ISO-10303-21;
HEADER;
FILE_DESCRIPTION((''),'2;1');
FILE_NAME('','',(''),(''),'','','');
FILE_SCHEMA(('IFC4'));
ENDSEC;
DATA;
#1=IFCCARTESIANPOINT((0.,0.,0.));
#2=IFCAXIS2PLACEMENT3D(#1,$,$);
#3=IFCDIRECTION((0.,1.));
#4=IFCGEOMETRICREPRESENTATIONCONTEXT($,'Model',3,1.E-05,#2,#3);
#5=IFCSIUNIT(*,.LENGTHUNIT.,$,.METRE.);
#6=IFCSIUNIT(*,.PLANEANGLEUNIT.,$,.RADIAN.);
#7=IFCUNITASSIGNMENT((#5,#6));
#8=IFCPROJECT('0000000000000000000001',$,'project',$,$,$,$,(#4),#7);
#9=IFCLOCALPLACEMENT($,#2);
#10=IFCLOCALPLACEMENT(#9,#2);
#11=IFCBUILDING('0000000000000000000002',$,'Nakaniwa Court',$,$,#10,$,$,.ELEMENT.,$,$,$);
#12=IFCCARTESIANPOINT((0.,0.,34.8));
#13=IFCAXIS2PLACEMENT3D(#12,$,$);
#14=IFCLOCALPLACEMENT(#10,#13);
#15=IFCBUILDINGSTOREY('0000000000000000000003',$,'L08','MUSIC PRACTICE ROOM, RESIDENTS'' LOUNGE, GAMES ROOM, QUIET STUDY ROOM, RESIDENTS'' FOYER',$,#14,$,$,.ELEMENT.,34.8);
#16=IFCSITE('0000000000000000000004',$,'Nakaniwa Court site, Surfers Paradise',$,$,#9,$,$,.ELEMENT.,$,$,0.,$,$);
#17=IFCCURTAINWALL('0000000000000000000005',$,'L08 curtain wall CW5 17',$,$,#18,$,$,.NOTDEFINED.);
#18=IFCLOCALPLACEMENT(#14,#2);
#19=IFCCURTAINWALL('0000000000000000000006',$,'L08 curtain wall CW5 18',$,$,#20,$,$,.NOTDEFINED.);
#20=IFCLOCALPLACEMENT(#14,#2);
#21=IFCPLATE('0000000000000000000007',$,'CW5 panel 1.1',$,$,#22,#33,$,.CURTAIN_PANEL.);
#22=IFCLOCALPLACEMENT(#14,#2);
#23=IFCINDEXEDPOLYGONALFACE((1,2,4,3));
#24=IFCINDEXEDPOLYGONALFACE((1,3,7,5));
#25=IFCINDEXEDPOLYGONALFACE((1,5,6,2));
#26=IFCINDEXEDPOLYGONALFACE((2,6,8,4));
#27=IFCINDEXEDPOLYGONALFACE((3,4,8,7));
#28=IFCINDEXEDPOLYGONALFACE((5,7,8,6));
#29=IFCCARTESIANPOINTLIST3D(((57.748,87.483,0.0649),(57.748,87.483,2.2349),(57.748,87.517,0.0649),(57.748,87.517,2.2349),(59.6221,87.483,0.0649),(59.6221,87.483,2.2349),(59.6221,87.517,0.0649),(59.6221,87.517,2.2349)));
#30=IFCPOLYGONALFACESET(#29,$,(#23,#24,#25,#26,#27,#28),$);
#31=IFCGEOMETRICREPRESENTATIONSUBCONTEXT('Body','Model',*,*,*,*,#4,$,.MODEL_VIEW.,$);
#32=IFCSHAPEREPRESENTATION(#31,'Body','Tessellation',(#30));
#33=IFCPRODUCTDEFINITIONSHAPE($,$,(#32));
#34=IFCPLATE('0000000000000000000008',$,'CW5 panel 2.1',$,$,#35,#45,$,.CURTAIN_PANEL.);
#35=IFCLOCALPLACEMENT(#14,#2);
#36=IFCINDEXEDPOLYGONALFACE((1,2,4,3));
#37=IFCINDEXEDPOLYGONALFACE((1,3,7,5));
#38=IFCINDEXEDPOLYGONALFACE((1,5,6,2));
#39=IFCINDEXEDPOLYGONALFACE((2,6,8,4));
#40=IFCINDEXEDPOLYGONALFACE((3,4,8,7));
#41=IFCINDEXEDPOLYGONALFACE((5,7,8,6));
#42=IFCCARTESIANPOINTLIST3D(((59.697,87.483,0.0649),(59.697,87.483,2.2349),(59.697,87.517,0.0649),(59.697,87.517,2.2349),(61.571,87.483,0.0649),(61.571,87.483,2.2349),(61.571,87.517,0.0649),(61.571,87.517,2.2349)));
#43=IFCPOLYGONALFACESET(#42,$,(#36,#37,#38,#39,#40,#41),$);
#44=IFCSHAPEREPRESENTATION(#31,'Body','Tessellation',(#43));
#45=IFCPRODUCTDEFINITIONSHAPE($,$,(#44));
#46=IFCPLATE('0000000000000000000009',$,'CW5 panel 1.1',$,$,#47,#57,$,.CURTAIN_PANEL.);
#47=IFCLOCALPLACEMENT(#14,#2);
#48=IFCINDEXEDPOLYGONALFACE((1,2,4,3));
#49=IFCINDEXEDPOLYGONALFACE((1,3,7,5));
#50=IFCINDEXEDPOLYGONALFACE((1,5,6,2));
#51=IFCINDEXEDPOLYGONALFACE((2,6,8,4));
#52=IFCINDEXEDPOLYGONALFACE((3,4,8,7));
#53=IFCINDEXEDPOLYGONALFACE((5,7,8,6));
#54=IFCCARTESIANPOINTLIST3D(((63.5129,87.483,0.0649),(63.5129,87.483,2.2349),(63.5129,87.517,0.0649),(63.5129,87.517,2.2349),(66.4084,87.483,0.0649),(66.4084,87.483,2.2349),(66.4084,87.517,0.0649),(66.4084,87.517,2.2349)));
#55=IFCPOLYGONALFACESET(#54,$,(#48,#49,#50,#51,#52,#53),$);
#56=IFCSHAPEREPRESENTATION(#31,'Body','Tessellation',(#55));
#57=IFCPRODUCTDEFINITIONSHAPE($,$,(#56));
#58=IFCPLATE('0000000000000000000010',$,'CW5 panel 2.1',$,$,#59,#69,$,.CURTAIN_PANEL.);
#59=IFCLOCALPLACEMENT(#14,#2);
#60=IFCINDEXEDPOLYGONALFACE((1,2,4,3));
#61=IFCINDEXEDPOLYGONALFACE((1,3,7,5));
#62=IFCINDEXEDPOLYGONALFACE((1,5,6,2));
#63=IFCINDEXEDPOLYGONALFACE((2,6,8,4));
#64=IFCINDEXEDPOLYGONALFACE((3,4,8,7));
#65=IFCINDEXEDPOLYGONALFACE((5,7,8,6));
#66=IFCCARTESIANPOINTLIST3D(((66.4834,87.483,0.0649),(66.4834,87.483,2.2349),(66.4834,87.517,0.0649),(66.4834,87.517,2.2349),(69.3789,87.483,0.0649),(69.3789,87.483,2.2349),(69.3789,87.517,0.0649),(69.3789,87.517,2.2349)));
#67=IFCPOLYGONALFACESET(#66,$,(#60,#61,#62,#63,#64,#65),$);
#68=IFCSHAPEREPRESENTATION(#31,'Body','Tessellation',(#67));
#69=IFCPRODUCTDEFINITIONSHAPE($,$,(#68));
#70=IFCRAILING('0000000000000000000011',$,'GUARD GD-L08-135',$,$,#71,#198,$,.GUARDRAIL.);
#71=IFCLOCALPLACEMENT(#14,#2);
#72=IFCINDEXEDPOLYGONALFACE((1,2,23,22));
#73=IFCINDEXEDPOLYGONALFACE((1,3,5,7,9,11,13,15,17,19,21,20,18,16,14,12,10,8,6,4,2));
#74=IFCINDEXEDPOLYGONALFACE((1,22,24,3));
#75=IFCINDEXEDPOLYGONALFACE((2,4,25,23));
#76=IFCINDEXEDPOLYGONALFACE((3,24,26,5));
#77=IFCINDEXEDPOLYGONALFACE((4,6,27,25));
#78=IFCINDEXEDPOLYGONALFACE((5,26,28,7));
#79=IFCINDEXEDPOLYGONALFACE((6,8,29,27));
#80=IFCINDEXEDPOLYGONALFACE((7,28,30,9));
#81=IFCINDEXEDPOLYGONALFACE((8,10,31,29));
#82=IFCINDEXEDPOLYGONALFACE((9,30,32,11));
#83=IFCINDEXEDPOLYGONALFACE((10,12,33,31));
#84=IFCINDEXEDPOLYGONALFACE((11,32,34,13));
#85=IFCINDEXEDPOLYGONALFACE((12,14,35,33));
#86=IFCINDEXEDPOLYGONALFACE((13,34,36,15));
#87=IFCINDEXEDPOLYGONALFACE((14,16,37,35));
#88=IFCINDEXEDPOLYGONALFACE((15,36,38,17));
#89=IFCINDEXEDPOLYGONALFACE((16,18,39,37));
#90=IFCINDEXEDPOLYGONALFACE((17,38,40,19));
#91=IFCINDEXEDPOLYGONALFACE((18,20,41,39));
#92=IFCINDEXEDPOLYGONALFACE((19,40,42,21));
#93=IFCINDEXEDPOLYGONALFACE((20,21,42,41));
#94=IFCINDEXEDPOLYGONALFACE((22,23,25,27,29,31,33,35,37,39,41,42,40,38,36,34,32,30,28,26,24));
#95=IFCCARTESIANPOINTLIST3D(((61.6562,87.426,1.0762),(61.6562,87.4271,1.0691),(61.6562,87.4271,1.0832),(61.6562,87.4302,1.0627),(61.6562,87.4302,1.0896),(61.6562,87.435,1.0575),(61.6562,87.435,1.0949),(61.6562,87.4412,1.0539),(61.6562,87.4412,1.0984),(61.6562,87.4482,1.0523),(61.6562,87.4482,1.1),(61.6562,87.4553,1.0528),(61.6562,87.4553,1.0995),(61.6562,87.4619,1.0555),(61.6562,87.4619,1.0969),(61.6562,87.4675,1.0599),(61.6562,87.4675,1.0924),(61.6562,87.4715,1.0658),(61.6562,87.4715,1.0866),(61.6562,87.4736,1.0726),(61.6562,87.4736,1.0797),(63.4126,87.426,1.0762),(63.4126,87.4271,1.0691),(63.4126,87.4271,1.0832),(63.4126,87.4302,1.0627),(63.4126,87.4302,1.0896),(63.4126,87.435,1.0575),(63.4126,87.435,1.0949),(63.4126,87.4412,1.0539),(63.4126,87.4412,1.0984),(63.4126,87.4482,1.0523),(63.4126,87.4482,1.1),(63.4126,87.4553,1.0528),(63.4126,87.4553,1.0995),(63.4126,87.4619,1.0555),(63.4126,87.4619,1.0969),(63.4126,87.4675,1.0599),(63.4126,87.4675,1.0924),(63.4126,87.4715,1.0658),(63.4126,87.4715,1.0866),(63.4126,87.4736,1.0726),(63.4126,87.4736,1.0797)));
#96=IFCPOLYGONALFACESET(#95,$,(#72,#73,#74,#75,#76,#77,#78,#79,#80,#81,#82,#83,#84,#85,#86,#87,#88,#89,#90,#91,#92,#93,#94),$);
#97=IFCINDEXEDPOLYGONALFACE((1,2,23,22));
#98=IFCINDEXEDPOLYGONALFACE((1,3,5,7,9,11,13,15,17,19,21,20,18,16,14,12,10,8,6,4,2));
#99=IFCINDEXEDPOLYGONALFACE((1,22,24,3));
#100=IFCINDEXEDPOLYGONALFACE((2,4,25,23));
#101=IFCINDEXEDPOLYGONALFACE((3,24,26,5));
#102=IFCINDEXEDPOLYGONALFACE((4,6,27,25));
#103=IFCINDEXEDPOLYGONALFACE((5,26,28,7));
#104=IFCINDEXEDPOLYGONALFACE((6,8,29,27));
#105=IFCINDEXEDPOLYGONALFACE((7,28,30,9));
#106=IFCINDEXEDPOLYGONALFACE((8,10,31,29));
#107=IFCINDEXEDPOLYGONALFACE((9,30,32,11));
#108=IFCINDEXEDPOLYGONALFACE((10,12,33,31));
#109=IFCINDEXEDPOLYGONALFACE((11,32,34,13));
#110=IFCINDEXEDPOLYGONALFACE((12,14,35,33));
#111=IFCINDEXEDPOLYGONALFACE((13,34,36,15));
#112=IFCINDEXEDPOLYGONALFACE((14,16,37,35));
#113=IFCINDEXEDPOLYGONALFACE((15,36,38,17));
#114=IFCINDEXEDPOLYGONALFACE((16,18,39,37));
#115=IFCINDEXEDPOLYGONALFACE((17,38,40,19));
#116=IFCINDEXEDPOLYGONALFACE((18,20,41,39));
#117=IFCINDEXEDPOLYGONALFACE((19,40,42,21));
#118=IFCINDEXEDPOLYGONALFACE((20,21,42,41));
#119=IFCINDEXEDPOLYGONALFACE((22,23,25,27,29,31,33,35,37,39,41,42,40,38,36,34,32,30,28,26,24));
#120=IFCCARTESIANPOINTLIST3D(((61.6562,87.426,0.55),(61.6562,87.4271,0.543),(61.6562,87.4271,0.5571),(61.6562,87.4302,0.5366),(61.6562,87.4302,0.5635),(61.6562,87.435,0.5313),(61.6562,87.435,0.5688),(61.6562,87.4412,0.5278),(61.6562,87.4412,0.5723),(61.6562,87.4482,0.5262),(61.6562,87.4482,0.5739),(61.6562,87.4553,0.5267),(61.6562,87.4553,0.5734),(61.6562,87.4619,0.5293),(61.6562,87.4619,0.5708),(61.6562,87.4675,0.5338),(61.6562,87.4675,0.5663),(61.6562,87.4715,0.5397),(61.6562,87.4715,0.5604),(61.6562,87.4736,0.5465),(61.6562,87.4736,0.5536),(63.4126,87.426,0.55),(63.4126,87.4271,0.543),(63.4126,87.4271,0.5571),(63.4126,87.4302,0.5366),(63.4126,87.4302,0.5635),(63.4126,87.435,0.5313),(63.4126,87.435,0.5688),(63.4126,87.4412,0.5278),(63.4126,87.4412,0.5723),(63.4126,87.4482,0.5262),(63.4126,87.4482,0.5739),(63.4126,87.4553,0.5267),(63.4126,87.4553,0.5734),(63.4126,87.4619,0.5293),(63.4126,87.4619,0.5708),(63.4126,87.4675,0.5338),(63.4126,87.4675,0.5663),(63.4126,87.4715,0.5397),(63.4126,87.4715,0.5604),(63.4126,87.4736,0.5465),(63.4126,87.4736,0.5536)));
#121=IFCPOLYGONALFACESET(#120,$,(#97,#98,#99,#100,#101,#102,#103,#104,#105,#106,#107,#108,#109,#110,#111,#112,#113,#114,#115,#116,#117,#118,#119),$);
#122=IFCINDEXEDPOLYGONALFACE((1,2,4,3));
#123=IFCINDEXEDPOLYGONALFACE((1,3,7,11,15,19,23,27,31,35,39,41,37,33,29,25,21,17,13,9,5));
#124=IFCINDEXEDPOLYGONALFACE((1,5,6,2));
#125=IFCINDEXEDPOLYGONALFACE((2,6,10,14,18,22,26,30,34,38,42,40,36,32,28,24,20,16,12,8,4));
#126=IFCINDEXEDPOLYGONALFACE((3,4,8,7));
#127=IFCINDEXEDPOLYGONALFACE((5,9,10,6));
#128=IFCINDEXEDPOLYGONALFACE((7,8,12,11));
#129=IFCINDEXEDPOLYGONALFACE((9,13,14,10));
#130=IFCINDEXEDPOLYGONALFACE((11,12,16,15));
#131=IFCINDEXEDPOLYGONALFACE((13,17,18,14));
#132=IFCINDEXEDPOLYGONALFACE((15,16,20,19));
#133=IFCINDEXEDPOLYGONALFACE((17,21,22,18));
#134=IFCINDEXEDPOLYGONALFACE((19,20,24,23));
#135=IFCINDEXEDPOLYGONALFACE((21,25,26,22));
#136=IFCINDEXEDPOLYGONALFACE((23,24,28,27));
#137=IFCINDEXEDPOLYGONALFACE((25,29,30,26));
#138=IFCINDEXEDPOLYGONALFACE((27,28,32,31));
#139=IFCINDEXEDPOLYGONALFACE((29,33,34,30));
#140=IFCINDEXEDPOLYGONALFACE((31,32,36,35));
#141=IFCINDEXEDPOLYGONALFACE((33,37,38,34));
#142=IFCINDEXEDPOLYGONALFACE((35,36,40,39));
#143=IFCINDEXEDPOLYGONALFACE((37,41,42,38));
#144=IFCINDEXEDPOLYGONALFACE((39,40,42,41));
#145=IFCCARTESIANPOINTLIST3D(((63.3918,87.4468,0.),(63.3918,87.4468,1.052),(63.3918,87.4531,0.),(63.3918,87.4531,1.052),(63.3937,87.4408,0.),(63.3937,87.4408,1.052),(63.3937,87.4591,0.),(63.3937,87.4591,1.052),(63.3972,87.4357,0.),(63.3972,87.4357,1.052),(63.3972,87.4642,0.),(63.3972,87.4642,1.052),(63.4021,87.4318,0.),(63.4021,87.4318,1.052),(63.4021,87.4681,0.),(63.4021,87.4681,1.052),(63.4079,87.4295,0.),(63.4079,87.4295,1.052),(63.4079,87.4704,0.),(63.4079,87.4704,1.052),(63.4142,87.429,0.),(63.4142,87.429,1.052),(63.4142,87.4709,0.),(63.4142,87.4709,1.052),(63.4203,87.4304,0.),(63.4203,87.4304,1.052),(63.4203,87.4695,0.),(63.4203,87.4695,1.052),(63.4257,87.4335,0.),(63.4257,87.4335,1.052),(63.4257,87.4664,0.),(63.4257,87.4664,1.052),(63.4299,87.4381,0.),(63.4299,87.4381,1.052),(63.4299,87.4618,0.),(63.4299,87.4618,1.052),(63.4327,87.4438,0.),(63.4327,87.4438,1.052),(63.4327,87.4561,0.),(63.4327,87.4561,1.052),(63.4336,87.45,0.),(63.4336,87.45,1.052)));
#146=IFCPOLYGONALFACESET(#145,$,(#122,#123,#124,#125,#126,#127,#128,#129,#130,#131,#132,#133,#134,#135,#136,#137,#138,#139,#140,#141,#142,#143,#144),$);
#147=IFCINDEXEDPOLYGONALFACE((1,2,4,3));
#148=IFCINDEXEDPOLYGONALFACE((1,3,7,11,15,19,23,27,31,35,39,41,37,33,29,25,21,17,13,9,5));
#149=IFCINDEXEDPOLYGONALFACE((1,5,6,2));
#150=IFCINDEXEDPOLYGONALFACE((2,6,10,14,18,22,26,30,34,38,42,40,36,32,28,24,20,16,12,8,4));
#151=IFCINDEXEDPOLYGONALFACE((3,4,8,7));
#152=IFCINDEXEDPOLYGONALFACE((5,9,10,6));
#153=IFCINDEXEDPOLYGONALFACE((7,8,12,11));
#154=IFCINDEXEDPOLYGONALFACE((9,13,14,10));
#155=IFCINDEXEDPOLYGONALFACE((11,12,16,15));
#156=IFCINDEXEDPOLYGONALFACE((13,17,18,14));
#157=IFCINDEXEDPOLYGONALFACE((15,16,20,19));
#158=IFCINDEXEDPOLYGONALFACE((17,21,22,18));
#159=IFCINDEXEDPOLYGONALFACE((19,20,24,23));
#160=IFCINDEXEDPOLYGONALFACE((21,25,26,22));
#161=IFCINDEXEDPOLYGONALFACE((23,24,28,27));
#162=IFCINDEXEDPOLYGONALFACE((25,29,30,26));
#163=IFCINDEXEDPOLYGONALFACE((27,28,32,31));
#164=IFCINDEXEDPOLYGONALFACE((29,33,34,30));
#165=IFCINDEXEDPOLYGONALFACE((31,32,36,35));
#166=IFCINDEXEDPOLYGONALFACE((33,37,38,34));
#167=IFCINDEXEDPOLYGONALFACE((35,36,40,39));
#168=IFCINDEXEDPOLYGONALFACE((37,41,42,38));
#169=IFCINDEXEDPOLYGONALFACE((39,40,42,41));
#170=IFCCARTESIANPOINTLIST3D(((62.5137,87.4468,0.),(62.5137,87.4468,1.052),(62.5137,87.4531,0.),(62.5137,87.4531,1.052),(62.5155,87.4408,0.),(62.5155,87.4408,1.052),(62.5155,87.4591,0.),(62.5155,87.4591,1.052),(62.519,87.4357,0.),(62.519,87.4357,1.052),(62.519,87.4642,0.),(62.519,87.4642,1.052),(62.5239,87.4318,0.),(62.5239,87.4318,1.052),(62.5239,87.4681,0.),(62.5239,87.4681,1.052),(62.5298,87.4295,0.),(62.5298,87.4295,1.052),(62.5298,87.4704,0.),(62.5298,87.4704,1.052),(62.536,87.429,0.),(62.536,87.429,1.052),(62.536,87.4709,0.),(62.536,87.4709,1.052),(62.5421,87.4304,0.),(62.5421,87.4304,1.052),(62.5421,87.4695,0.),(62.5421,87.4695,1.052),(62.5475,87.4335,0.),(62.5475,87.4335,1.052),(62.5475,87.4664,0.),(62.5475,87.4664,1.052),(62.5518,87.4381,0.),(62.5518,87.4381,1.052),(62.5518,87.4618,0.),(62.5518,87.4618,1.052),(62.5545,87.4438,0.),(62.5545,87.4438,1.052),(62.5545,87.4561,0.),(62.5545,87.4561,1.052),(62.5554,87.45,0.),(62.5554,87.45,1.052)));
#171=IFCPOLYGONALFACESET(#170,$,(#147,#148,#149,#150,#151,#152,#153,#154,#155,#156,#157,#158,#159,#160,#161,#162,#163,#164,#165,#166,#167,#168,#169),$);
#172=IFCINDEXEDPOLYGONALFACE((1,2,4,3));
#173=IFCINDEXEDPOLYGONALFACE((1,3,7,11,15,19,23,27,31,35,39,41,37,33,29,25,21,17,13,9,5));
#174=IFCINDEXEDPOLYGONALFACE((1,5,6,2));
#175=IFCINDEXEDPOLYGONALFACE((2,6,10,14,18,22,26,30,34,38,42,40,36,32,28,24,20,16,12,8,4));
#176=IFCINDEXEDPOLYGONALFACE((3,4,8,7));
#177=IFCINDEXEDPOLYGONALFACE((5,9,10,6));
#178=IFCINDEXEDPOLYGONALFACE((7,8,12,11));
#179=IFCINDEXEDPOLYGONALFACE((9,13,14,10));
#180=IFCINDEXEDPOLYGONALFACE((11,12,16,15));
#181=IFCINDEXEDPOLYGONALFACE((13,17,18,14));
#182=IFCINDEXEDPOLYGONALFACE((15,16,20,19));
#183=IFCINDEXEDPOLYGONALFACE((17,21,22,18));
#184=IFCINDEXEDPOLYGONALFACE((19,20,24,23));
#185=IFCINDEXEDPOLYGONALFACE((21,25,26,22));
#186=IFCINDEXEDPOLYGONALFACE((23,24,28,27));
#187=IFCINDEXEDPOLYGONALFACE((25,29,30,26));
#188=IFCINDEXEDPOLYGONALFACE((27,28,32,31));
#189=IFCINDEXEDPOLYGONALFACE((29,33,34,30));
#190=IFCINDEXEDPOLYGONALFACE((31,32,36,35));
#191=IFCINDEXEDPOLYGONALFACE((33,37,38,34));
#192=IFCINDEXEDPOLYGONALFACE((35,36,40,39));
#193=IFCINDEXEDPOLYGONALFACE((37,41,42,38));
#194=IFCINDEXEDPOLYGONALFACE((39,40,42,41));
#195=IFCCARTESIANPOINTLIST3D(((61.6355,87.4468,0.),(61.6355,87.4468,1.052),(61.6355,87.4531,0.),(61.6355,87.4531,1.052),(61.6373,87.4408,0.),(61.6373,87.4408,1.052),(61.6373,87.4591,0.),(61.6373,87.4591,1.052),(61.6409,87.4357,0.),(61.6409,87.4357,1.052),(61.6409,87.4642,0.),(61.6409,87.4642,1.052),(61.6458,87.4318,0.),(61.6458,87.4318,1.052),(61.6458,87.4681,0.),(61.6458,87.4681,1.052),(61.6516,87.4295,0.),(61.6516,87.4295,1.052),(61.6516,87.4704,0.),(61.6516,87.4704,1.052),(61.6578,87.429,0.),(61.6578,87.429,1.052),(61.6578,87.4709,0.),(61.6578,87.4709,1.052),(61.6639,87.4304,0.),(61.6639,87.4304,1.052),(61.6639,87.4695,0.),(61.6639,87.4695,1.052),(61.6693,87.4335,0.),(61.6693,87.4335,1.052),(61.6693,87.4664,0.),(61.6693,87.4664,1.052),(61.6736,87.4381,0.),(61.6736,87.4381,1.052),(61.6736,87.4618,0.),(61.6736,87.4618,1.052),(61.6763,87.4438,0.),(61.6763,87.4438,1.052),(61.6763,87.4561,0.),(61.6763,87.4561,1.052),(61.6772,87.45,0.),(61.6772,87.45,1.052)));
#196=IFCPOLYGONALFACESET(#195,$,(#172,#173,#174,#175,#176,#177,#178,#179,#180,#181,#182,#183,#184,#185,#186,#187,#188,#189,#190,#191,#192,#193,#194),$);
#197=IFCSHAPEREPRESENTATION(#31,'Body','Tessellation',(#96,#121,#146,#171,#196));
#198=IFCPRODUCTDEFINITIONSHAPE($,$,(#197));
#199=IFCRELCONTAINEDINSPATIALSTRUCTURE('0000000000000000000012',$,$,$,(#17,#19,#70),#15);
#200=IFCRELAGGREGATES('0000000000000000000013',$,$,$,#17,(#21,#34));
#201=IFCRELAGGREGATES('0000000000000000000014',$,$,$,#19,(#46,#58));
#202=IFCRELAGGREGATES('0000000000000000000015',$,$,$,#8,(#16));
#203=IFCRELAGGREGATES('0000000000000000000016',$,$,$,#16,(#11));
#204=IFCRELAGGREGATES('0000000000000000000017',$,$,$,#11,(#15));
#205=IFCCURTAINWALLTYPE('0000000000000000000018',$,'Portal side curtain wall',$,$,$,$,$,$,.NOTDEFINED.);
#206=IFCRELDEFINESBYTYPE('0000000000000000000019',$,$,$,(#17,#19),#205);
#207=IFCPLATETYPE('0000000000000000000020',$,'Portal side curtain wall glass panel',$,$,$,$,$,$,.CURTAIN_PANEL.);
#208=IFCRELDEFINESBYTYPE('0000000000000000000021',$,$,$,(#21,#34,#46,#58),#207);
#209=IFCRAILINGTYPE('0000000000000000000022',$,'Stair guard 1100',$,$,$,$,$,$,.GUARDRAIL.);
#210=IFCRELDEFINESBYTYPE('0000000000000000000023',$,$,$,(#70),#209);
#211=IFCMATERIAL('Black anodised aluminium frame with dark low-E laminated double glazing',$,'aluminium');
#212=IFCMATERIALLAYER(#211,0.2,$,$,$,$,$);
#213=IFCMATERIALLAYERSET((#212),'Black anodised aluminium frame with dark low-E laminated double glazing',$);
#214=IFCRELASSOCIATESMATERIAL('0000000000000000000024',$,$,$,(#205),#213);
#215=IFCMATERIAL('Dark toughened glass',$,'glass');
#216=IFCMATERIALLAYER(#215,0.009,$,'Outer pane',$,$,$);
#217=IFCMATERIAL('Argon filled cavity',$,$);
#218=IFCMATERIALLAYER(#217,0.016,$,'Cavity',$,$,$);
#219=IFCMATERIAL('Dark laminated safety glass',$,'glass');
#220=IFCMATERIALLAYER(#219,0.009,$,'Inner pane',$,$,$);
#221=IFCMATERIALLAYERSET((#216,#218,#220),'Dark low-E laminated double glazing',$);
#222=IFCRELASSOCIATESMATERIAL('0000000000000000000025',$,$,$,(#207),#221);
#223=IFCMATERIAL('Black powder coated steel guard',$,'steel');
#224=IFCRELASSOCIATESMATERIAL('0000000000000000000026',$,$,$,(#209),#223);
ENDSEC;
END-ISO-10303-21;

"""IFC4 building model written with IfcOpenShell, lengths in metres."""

from ifc_helpers import new_model, si_unit, direction, frame, origin, origin_2d, place, context, subcontext, project, spatial, rectangle, circle, extrude, material, layer, layer_set, type_object, element, aggregate, save


model = new_model("IFC4")

# Units and contexts
model_context = context("Model", 3, precision=1e-05, world=origin(), true_north=direction((0.0, 1.0)))
body_context = subcontext(model_context, "Body", "Model", "MODEL_VIEW")
ifc_project = project(units=[si_unit("LENGTHUNIT", "METRE"), si_unit("PLANEANGLEUNIT", "RADIAN")], contexts=[model_context])

# Site, building, storey
site_placement = place(None, origin())
site = spatial("IfcSite", under=ifc_project, at=site_placement, Name="Nakaniwa Court site, Surfers Paradise", CompositionType="ELEMENT", RefElevation=0.0)
building_placement = place(site_placement, origin())
building = spatial("IfcBuilding", under=site, at=building_placement, Name="Nakaniwa Court", CompositionType="ELEMENT")
storey_placement = place(building_placement, frame((0.0, 0.0, 34.8)))
storey = spatial("IfcBuildingStorey", under=building, at=storey_placement, Name="L08", Description="MUSIC PRACTICE ROOM, RESIDENTS' LOUNGE, GAMES ROOM, QUIET STUDY ROOM, RESIDENTS' FOYER", CompositionType="ELEMENT", Elevation=34.8)

# Curtain walls
ifc_material_1 = material(Name="Black anodised aluminium frame with dark low-E laminated double glazing", Category="aluminium")
ifc_layer_1 = layer(ifc_material_1, 0.2)
ifc_layer_set_1 = layer_set([ifc_layer_1], Name="Black anodised aluminium frame with dark low-E laminated double glazing")
curtain_wall_type = type_object("IfcCurtainWallType", Name="Portal side curtain wall", PredefinedType="NOTDEFINED", material=ifc_layer_set_1)
curtain_wall_1_placement = place(storey_placement, origin())
curtain_wall_1 = element("IfcCurtainWall", 1, at=curtain_wall_1_placement, inside=storey, type_object=curtain_wall_type, Name="L08 curtain wall CW5 17", PredefinedType="NOTDEFINED")
curtain_wall_2_placement = place(storey_placement, origin())
curtain_wall_2 = element("IfcCurtainWall", 2, at=curtain_wall_2_placement, inside=storey, type_object=curtain_wall_type, Name="L08 curtain wall CW5 18", PredefinedType="NOTDEFINED")

# Plates
ifc_material_2 = material(Name="Dark toughened glass", Category="glass")
ifc_layer_2 = layer(ifc_material_2, 0.009, Name="Outer pane")
ifc_material_3 = material(Name="Argon filled cavity")
ifc_layer_3 = layer(ifc_material_3, 0.016, Name="Cavity")
ifc_material_4 = material(Name="Dark laminated safety glass", Category="glass")
ifc_layer_4 = layer(ifc_material_4, 0.009, Name="Inner pane")
ifc_layer_set_2 = layer_set([ifc_layer_2, ifc_layer_3, ifc_layer_4], Name="Dark low-E laminated double glazing")
plate_type = type_object("IfcPlateType", Name="Portal side curtain wall glass panel", PredefinedType="CURTAIN_PANEL", material=ifc_layer_set_2)
plate_1_placement = place(storey_placement, frame((58.6851, 87.5, 0.0649), z_axis=(0.0, 0.0, 1.0), x_axis=(1.0, 0.0, 0.0)))
plate_1 = element("IfcPlate", 3, at=plate_1_placement, type_object=plate_type, Name="CW5 panel 1.1", PredefinedType="CURTAIN_PANEL", context=body_context, shape_type="SweptSolid", body=[
    extrude(rectangle(XDim=1.874, YDim=0.0339, at=origin_2d()), origin(), (0.0, 0.0, 1.0), 2.1699),
])
plate_2_placement = place(storey_placement, frame((60.634, 87.5, 0.0649), z_axis=(0.0, 0.0, 1.0), x_axis=(1.0, 0.0, 0.0)))
plate_2 = element("IfcPlate", 4, at=plate_2_placement, type_object=plate_type, Name="CW5 panel 2.1", PredefinedType="CURTAIN_PANEL", context=body_context, shape_type="SweptSolid", body=[
    extrude(rectangle(XDim=1.874, YDim=0.0339, at=origin_2d()), origin(), (0.0, 0.0, 1.0), 2.1699),
])
aggregate(curtain_wall_1, [plate_1, plate_2])
plate_3_placement = place(storey_placement, frame((64.9607, 87.5, 0.0649), z_axis=(0.0, 0.0, 1.0), x_axis=(1.0, 0.0, 0.0)))
plate_3 = element("IfcPlate", 5, at=plate_3_placement, type_object=plate_type, Name="CW5 panel 1.1", PredefinedType="CURTAIN_PANEL", context=body_context, shape_type="SweptSolid", body=[
    extrude(rectangle(XDim=2.8955, YDim=0.0339, at=origin_2d()), origin(), (0.0, 0.0, 1.0), 2.1699),
])
plate_4_placement = place(storey_placement, frame((67.9312, 87.5, 0.0649), z_axis=(0.0, 0.0, 1.0), x_axis=(1.0, 0.0, 0.0)))
plate_4 = element("IfcPlate", 6, at=plate_4_placement, type_object=plate_type, Name="CW5 panel 2.1", PredefinedType="CURTAIN_PANEL", context=body_context, shape_type="SweptSolid", body=[
    extrude(rectangle(XDim=2.8955, YDim=0.0339, at=origin_2d()), origin(), (0.0, 0.0, 1.0), 2.1699),
])
aggregate(curtain_wall_2, [plate_3, plate_4])

# Railing
ifc_material_5 = material(Name="Black powder coated steel guard", Category="steel")
railing_type = type_object("IfcRailingType", Name="Stair guard 1100", PredefinedType="GUARDRAIL", material=ifc_material_5)
railing_1_placement = place(storey_placement, frame((63.4126, 87.45, 0.0)))
element("IfcRailing", 7, at=railing_1_placement, inside=storey, type_object=railing_type, Name="GUARD GD-L08-135", PredefinedType="GUARDRAIL", context=body_context, shape_type="SweptSolid", body=[
    extrude(circle(Radius=0.0239, at=origin_2d()), frame((0.0, 0.0, 1.0762), z_axis=(-1.0, 0.0, 0.0), x_axis=(0.0, -1.0, 0.0)), (0.0, 0.0, 1.0), 1.7563),
    extrude(circle(Radius=0.0239, at=origin_2d()), frame((0.0, 0.0, 0.55), z_axis=(-1.0, 0.0, 0.0), x_axis=(0.0, -1.0, 0.0)), (0.0, 0.0, 1.0), 1.7563),
    extrude(circle(Radius=0.021, at=origin_2d()), origin(), (0.0, 0.0, 1.0), 1.052),
    extrude(circle(Radius=0.021, at=origin_2d()), frame((-0.8782, 0.0, 0.0)), (0.0, 0.0, 1.0), 1.052),
    extrude(circle(Radius=0.021, at=origin_2d()), frame((-1.7563, 0.0, 0.0)), (0.0, 0.0, 1.0), 1.052),
])

save(model, "model.ifc")
